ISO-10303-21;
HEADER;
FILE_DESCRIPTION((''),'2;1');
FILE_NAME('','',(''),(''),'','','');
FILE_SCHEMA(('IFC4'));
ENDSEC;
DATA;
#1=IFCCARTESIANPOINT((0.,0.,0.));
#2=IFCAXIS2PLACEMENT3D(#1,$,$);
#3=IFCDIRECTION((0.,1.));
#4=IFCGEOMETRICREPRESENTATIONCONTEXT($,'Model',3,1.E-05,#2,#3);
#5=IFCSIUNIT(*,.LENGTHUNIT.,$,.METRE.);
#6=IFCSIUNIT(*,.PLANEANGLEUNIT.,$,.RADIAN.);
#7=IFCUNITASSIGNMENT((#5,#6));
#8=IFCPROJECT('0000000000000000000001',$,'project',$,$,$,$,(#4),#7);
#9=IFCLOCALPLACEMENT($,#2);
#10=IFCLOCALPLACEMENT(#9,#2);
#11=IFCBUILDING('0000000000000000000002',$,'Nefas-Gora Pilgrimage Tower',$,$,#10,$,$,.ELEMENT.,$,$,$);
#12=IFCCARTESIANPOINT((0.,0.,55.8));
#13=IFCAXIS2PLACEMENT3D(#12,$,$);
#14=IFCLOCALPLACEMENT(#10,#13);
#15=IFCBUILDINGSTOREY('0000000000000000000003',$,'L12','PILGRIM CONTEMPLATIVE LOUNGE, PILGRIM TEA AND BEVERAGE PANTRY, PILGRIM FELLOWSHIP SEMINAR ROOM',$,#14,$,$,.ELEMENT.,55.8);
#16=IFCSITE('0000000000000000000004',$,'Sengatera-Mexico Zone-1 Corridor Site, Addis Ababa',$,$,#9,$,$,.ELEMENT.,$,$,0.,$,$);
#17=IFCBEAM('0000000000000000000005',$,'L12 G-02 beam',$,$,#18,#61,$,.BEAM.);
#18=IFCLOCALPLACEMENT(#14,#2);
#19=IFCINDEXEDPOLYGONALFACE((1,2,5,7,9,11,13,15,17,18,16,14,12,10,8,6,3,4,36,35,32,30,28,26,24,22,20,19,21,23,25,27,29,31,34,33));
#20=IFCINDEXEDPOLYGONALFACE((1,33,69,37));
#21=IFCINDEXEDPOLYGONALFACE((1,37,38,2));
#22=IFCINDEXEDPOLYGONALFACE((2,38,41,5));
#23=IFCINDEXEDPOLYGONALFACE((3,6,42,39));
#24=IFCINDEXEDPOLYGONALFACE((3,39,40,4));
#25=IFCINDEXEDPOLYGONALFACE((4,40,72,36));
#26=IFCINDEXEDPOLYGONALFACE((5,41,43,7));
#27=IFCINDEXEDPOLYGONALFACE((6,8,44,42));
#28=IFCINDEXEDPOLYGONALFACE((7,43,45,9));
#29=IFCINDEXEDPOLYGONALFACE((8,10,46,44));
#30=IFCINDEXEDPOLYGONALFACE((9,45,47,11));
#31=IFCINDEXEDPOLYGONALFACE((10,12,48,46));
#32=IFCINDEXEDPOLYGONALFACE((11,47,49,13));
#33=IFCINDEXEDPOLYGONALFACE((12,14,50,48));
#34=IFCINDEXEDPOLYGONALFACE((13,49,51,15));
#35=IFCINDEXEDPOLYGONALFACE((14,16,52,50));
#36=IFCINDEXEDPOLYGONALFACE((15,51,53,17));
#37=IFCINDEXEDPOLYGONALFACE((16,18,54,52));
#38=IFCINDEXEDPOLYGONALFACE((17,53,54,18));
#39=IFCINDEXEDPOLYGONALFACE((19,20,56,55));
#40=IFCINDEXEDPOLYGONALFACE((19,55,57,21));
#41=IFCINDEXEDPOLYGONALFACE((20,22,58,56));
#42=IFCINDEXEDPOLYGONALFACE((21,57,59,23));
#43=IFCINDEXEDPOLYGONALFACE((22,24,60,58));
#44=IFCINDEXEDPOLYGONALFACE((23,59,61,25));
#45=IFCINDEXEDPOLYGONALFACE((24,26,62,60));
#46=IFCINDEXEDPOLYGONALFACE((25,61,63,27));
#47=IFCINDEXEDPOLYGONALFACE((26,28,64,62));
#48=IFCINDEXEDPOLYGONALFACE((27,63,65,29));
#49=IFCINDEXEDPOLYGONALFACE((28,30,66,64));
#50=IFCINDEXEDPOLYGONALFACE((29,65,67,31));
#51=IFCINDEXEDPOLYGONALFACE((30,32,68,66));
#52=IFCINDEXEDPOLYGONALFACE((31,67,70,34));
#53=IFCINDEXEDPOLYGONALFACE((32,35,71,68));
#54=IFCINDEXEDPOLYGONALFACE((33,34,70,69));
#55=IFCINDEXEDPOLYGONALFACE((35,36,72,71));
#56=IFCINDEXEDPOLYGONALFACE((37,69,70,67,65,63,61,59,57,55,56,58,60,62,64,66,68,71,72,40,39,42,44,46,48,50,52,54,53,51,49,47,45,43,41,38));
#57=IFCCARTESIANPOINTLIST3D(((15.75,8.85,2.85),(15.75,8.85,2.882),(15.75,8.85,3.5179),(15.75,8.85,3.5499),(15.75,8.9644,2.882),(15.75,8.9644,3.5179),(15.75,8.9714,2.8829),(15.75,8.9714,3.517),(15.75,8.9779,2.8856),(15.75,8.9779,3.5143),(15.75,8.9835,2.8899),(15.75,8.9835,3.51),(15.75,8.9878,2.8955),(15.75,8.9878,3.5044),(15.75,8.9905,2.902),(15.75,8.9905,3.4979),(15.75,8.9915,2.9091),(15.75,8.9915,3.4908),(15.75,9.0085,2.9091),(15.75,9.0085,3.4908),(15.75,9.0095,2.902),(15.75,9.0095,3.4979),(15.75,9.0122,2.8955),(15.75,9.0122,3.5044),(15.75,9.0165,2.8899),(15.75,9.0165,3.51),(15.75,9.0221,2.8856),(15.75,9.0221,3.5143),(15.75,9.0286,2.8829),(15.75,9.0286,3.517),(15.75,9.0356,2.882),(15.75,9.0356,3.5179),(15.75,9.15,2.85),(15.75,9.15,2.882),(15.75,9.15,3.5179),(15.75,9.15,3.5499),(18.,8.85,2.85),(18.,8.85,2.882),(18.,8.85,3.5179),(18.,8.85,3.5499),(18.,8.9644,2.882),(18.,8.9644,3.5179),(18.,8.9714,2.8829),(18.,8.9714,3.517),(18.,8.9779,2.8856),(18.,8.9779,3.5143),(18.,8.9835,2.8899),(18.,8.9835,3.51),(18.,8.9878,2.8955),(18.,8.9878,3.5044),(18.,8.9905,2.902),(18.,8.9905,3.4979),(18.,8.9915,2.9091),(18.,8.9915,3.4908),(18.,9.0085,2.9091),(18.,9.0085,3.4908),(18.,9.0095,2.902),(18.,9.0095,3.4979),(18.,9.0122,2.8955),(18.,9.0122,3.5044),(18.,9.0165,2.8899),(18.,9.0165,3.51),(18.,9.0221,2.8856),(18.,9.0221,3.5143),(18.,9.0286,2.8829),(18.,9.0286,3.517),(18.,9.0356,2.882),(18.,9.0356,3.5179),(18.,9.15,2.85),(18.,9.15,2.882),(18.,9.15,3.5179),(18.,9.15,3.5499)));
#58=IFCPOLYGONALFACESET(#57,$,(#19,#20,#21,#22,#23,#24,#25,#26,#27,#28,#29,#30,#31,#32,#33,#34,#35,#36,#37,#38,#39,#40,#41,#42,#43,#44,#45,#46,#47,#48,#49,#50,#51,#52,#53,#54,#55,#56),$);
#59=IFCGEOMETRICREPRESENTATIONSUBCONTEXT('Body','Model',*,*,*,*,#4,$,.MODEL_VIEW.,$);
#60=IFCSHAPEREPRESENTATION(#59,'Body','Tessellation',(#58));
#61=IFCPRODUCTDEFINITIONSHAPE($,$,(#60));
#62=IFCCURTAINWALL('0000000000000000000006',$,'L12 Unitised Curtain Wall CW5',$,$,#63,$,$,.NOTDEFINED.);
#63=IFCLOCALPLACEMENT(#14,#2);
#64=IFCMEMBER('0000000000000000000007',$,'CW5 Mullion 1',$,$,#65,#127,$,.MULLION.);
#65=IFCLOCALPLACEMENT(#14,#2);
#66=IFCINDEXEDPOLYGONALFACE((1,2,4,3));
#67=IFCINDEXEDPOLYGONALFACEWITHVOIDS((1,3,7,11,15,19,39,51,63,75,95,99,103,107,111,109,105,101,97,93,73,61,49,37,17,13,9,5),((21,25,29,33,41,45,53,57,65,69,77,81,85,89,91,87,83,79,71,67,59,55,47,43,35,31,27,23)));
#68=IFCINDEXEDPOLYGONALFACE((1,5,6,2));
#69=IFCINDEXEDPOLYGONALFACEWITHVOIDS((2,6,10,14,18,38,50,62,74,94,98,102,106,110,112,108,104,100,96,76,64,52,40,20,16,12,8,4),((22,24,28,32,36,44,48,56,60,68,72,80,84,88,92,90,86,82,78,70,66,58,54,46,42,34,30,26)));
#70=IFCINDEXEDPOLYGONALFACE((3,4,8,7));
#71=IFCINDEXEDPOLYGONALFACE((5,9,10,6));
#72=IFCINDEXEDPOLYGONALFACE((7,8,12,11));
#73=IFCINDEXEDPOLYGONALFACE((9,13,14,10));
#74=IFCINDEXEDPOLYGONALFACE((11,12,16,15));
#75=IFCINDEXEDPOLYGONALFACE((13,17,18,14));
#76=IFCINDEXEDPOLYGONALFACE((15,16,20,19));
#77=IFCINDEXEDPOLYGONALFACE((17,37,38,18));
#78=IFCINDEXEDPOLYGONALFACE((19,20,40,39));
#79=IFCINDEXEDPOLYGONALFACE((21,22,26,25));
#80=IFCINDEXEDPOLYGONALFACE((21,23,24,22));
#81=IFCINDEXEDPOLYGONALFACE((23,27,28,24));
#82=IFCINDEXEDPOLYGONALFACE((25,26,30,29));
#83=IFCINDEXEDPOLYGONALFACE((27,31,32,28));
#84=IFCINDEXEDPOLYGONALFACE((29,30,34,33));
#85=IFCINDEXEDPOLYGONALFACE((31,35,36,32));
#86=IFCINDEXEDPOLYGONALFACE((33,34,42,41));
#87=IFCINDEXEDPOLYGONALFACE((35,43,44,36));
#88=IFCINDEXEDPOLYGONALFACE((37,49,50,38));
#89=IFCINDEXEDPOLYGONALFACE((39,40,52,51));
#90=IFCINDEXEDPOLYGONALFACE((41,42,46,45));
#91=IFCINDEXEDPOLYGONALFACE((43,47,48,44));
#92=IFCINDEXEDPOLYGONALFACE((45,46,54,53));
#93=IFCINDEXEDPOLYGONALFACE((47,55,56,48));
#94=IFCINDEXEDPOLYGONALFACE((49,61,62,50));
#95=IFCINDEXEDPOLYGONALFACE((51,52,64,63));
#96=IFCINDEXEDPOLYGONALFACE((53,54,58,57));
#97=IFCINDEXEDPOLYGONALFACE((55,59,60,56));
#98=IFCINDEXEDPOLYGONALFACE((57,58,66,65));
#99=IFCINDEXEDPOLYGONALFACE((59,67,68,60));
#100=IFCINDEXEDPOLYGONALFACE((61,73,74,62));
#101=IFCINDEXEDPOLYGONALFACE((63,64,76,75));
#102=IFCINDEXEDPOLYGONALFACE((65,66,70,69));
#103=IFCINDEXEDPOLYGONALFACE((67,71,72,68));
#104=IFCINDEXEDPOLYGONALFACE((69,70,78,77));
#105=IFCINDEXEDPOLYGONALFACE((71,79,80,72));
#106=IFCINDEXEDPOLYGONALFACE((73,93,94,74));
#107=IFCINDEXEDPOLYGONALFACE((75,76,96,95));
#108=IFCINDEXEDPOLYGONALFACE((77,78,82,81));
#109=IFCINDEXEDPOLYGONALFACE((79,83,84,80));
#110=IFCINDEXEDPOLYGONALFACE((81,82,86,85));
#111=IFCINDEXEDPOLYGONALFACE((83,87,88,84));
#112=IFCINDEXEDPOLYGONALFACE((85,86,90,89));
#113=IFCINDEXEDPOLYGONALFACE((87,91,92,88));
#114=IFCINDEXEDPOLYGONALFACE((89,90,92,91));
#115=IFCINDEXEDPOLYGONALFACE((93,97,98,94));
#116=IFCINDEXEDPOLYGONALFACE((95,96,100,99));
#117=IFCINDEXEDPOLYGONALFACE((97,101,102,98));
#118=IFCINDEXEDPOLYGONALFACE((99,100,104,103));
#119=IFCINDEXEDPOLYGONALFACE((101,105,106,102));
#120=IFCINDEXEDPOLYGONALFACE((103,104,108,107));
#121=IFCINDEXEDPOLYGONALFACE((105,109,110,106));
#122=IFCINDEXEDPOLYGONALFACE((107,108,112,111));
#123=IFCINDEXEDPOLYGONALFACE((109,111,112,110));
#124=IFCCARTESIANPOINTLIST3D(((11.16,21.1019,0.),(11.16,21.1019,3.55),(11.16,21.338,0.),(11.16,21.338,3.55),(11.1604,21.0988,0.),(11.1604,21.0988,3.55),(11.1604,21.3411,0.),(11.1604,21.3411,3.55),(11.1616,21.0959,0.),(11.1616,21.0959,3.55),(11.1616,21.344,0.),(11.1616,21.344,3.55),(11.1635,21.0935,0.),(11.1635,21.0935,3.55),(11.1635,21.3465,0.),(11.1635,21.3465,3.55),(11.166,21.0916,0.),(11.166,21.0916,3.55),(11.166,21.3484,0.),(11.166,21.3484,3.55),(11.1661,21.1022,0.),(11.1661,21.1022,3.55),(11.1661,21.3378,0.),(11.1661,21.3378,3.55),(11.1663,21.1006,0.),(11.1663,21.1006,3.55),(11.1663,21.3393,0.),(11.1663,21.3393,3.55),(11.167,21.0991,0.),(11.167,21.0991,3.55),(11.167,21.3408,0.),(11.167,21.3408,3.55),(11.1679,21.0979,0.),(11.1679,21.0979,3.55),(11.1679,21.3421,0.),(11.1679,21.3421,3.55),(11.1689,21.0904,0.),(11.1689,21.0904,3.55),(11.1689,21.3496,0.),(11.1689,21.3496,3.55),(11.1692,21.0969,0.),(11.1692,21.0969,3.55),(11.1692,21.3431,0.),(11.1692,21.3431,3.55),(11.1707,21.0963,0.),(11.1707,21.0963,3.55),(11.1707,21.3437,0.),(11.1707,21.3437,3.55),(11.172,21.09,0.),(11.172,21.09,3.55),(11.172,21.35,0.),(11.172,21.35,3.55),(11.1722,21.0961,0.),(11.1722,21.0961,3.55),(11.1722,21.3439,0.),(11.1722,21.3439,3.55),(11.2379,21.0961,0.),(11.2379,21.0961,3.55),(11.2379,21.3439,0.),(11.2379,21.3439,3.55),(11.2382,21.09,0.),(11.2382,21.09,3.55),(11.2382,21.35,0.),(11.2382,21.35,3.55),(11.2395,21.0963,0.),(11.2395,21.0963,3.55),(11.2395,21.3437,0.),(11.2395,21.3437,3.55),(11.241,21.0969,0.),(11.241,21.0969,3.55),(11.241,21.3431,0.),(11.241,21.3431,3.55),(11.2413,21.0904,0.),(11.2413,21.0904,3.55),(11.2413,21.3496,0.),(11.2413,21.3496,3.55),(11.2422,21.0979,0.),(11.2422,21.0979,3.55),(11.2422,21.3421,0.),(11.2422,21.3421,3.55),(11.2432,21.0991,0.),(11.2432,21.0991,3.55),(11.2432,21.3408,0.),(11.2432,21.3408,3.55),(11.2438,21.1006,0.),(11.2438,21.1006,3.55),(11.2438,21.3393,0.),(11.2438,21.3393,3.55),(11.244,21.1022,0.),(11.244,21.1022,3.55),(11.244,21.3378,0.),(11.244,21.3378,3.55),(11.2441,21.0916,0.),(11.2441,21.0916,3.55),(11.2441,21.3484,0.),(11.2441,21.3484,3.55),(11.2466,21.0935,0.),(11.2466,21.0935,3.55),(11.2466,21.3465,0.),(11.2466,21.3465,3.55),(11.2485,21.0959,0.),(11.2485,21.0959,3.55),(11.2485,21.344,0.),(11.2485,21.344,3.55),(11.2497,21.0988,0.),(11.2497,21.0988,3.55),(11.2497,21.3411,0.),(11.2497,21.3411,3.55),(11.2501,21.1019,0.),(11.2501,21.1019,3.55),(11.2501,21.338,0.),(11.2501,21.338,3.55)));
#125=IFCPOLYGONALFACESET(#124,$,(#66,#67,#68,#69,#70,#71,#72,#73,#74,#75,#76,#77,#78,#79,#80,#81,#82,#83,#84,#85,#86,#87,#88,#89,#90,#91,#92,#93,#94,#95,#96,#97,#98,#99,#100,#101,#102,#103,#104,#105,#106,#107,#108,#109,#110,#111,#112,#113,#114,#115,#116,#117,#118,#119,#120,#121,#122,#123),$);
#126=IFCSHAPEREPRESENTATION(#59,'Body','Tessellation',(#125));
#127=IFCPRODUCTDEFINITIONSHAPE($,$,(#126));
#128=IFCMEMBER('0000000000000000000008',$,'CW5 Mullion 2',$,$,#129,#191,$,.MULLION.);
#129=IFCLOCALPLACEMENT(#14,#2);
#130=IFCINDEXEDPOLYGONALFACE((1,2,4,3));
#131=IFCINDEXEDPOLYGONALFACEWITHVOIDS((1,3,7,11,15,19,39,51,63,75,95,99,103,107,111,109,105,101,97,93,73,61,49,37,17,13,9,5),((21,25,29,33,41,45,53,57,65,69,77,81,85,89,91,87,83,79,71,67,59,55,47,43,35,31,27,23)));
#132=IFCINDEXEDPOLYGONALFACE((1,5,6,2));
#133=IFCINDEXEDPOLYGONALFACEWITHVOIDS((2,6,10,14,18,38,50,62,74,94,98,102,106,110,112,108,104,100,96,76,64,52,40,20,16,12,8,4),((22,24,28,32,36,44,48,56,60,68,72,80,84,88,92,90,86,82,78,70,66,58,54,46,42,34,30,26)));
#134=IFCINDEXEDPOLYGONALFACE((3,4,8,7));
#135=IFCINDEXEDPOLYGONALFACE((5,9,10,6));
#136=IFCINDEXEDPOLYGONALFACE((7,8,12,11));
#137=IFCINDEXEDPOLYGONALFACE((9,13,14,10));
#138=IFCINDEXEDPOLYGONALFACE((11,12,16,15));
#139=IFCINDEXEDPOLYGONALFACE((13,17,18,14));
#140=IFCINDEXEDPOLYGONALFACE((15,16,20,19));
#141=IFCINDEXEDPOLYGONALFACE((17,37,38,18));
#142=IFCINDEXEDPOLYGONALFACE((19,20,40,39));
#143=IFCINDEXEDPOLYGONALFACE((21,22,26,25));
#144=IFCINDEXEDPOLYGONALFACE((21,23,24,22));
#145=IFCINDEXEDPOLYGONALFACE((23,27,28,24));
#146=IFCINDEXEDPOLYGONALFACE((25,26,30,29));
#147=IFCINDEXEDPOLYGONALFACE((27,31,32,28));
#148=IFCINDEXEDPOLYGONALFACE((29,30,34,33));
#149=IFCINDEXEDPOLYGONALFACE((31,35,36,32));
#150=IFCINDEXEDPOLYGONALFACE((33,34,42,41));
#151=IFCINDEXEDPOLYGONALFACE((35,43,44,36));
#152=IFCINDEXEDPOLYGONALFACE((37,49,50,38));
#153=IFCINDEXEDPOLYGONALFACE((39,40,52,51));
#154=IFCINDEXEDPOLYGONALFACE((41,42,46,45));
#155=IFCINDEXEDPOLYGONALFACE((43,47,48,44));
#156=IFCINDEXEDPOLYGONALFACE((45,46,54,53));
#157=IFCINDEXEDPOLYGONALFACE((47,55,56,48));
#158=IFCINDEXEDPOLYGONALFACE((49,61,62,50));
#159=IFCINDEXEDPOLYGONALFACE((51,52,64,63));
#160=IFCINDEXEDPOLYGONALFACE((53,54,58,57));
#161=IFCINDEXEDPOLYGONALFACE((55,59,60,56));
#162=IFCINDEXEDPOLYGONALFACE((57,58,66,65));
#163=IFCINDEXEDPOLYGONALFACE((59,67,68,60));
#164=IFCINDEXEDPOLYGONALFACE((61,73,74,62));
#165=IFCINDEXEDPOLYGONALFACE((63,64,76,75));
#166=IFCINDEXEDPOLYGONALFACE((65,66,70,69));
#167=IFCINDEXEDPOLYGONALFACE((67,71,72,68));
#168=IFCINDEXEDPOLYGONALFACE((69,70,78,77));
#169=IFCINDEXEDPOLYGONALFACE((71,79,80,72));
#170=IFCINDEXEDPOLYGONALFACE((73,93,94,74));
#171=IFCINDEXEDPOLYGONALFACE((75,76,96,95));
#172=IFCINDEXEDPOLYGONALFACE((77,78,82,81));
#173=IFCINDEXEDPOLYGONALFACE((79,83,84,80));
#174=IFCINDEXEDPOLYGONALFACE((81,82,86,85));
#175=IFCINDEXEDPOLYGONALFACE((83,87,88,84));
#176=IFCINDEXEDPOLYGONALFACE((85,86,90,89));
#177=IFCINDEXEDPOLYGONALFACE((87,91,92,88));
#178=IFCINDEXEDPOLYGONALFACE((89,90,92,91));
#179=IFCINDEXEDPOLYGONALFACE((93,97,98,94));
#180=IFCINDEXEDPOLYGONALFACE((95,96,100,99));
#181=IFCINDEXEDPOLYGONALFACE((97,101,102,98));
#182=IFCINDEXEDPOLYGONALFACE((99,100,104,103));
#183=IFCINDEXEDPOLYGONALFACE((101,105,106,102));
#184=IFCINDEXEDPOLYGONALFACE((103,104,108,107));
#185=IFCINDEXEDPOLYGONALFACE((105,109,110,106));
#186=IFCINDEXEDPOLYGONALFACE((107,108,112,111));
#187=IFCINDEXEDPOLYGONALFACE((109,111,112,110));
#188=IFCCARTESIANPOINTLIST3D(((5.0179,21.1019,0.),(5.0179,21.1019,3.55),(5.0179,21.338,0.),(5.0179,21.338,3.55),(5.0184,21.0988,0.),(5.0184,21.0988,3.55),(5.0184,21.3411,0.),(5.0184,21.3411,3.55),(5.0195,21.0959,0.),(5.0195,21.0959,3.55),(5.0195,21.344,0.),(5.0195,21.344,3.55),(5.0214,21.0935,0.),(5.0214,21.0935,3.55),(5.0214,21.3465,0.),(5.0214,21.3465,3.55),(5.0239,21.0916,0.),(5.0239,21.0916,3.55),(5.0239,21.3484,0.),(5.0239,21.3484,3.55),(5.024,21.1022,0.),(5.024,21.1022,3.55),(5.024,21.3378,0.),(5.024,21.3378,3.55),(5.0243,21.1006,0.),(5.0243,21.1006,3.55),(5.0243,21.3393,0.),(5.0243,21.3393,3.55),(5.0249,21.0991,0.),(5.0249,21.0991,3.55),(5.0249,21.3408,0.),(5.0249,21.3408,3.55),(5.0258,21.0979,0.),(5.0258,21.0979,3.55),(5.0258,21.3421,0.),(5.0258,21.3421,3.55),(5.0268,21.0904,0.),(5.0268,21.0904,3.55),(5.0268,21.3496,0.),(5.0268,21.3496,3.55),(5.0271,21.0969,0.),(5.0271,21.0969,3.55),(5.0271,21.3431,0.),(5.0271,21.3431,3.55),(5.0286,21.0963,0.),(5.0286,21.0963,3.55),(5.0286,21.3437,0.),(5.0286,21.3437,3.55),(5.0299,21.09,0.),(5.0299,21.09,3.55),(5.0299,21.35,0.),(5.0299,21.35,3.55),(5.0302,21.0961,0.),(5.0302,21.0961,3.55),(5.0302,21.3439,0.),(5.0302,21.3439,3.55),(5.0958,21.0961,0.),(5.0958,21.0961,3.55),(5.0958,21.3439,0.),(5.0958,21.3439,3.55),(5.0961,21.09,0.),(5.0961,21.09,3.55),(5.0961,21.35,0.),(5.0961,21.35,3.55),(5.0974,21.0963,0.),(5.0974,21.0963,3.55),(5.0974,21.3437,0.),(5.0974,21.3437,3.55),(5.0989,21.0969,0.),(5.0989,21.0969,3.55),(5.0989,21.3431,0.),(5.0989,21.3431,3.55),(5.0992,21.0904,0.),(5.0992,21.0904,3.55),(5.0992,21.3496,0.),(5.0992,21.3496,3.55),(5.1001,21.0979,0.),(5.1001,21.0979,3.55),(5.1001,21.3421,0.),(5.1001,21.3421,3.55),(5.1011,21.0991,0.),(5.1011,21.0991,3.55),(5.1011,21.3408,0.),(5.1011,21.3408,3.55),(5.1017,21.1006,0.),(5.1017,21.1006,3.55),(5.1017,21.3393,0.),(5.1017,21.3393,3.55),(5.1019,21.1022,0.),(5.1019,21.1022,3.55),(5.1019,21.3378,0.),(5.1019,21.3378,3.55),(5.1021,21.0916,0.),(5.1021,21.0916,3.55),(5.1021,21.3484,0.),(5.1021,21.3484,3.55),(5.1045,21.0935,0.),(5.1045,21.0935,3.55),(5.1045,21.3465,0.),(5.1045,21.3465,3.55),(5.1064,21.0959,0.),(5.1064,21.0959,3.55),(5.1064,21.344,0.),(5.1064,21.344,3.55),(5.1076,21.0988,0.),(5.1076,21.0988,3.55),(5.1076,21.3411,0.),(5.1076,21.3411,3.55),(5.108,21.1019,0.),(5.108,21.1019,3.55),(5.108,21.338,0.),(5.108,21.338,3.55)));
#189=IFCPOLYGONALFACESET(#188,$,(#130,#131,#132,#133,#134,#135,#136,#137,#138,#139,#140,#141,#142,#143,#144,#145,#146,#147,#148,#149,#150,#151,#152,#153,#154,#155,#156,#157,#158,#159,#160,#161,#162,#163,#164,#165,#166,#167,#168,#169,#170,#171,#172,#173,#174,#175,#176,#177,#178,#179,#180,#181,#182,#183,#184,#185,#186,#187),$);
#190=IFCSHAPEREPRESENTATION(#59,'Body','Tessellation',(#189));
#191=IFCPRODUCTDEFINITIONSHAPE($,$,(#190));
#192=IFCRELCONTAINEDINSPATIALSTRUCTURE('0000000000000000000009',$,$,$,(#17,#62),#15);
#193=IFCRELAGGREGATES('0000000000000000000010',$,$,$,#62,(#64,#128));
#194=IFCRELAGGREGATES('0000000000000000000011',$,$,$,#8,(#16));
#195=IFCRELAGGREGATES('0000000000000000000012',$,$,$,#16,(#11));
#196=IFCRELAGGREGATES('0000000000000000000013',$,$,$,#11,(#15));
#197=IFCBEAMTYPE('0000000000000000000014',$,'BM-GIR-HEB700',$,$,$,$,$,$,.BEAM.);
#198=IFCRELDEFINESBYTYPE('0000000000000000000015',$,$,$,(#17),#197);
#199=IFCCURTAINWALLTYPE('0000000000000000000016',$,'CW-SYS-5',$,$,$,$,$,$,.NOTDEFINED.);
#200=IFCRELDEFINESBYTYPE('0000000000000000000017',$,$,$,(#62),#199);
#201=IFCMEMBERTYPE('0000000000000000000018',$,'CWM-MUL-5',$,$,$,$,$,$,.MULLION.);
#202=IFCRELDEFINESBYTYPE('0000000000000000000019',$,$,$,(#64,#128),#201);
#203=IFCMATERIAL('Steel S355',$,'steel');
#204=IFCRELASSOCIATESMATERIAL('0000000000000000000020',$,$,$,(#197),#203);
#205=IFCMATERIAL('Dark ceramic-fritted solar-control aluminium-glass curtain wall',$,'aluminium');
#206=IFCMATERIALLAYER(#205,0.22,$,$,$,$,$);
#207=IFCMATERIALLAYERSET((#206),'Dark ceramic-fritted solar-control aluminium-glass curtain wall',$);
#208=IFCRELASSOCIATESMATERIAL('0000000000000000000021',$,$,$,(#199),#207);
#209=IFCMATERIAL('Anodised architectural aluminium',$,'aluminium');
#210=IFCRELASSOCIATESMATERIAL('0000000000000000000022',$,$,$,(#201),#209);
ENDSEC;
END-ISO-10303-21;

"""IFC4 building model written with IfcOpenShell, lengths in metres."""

from ifc_helpers import new_model, si_unit, direction, frame, origin, origin_2d, place, context, subcontext, project, spatial, hollow_rectangle, i_section, extrude, source, transform, mapped, material, layer, layer_set, material_profile, profile_set, type_object, element, aggregate, save


model = new_model("IFC4")

# Units and contexts
model_context = context("Model", 3, precision=1e-05, world=origin(), true_north=direction((0.0, 1.0)))
body_context = subcontext(model_context, "Body", "Model", "MODEL_VIEW")
ifc_project = project(units=[si_unit("LENGTHUNIT", "METRE"), si_unit("PLANEANGLEUNIT", "RADIAN")], contexts=[model_context])

# Site, building, storey
site_placement = place(None, origin())
site = spatial("IfcSite", under=ifc_project, at=site_placement, Name="Sengatera-Mexico Zone-1 Corridor Site, Addis Ababa", CompositionType="ELEMENT", RefElevation=0.0)
building_placement = place(site_placement, origin())
building = spatial("IfcBuilding", under=site, at=building_placement, Name="Nefas-Gora Pilgrimage Tower", CompositionType="ELEMENT")
storey_placement = place(building_placement, frame((0.0, 0.0, 55.8)))
storey = spatial("IfcBuildingStorey", under=building, at=storey_placement, Name="L12", Description="PILGRIM CONTEMPLATIVE LOUNGE, PILGRIM TEA AND BEVERAGE PANTRY, PILGRIM FELLOWSHIP SEMINAR ROOM", CompositionType="ELEMENT", Elevation=55.8)

# Beam
ifc_material_1 = material(Name="Steel S355", Category="steel")
ifc_material_profile_1 = material_profile(ifc_material_1, i_section(OverallWidth=0.3, OverallDepth=0.7, WebThickness=0.0171, FlangeThickness=0.032, FilletRadius=0.0271, at=origin_2d()), Name="HEB 700")
ifc_profile_set_1 = profile_set([ifc_material_profile_1], Name="Steel S355")
beam_type_1 = type_object("IfcBeamType", Name="BM-GIR-HEB700", PredefinedType="BEAM", material=ifc_profile_set_1)
shared_shape_1 = source(origin(), body_context, "Body", "SweptSolid", [
    extrude(i_section(OverallWidth=0.3, OverallDepth=0.7, WebThickness=0.0171, FlangeThickness=0.032, FilletRadius=0.0271, at=origin_2d()), origin(), (0.0, 0.0, 1.0), 2.25),
])
beam_1_placement = place(storey_placement, frame((15.75, 9.0, 3.2), z_axis=(1.0, 0.0, 0.0), x_axis=(0.0, 1.0, 0.0)))
element("IfcBeam", 1, at=beam_1_placement, inside=storey, type_object=beam_type_1, Name="L12 G-02 beam", PredefinedType="BEAM", context=body_context, shape_type="MappedRepresentation", body=[
    mapped(shared_shape_1, transform((0.0, 0.0, 0.0), x_axis=(1.0, 0.0, 0.0), y_axis=(0.0, 1.0, 0.0), z_axis=(0.0, 0.0, 1.0), scale=1.0)),
])

# Curtain wall, members
ifc_material_2 = material(Name="Dark ceramic-fritted solar-control aluminium-glass curtain wall", Category="aluminium")
ifc_layer_1 = layer(ifc_material_2, 0.22)
ifc_layer_set_1 = layer_set([ifc_layer_1], Name="Dark ceramic-fritted solar-control aluminium-glass curtain wall")
curtain_wall_type_1 = type_object("IfcCurtainWallType", Name="CW-SYS-5", PredefinedType="NOTDEFINED", material=ifc_layer_set_1)
curtain_wall_1_placement = place(storey_placement, origin())
curtain_wall_1 = element("IfcCurtainWall", 2, at=curtain_wall_1_placement, inside=storey, type_object=curtain_wall_type_1, Name="L12 Unitised Curtain Wall CW5", PredefinedType="NOTDEFINED")
ifc_material_3 = material(Name="Anodised architectural aluminium", Category="aluminium")
ifc_material_profile_2 = material_profile(ifc_material_3, hollow_rectangle(XDim=0.0901, YDim=0.26, WallThickness=0.0061, InnerFilletRadius=0.0061, OuterFilletRadius=0.012, at=origin_2d()), Name="ALU MULLION 90x260")
ifc_profile_set_2 = profile_set([ifc_material_profile_2], Name="Anodised architectural aluminium")
member_type_1 = type_object("IfcMemberType", Name="CWM-MUL-5", PredefinedType="MULLION", material=ifc_profile_set_2)
shared_shape_2 = source(origin(), body_context, "Body", "SweptSolid", [
    extrude(hollow_rectangle(XDim=0.0901, YDim=0.26, WallThickness=0.0061, InnerFilletRadius=0.0061, OuterFilletRadius=0.012, at=origin_2d()), origin(), (0.0, 0.0, 1.0), 3.55),
])
member_1_placement = place(storey_placement, frame((11.2051, 21.22, 0.0), z_axis=(0.0, 0.0, 1.0), x_axis=(-1.0, 0.0, 0.0)))
member_1 = element("IfcMember", 3, at=member_1_placement, type_object=member_type_1, Name="CW5 Mullion 1", PredefinedType="MULLION", context=body_context, shape_type="MappedRepresentation", body=[
    mapped(shared_shape_2, transform((0.0, 0.0, 0.0), x_axis=(1.0, 0.0, 0.0), y_axis=(0.0, 1.0, 0.0), z_axis=(0.0, 0.0, 1.0), scale=1.0)),
])
member_2_placement = place(storey_placement, frame((5.063, 21.22, 0.0), z_axis=(0.0, 0.0, 1.0), x_axis=(-1.0, 0.0, 0.0)))
member_2 = element("IfcMember", 4, at=member_2_placement, type_object=member_type_1, Name="CW5 Mullion 2", PredefinedType="MULLION", context=body_context, shape_type="MappedRepresentation", body=[
    mapped(shared_shape_2, transform((0.0, 0.0, 0.0), x_axis=(1.0, 0.0, 0.0), y_axis=(0.0, 1.0, 0.0), z_axis=(0.0, 0.0, 1.0), scale=1.0)),
])

aggregate(curtain_wall_1, [member_1, member_2])

save(model, "model.ifc")
